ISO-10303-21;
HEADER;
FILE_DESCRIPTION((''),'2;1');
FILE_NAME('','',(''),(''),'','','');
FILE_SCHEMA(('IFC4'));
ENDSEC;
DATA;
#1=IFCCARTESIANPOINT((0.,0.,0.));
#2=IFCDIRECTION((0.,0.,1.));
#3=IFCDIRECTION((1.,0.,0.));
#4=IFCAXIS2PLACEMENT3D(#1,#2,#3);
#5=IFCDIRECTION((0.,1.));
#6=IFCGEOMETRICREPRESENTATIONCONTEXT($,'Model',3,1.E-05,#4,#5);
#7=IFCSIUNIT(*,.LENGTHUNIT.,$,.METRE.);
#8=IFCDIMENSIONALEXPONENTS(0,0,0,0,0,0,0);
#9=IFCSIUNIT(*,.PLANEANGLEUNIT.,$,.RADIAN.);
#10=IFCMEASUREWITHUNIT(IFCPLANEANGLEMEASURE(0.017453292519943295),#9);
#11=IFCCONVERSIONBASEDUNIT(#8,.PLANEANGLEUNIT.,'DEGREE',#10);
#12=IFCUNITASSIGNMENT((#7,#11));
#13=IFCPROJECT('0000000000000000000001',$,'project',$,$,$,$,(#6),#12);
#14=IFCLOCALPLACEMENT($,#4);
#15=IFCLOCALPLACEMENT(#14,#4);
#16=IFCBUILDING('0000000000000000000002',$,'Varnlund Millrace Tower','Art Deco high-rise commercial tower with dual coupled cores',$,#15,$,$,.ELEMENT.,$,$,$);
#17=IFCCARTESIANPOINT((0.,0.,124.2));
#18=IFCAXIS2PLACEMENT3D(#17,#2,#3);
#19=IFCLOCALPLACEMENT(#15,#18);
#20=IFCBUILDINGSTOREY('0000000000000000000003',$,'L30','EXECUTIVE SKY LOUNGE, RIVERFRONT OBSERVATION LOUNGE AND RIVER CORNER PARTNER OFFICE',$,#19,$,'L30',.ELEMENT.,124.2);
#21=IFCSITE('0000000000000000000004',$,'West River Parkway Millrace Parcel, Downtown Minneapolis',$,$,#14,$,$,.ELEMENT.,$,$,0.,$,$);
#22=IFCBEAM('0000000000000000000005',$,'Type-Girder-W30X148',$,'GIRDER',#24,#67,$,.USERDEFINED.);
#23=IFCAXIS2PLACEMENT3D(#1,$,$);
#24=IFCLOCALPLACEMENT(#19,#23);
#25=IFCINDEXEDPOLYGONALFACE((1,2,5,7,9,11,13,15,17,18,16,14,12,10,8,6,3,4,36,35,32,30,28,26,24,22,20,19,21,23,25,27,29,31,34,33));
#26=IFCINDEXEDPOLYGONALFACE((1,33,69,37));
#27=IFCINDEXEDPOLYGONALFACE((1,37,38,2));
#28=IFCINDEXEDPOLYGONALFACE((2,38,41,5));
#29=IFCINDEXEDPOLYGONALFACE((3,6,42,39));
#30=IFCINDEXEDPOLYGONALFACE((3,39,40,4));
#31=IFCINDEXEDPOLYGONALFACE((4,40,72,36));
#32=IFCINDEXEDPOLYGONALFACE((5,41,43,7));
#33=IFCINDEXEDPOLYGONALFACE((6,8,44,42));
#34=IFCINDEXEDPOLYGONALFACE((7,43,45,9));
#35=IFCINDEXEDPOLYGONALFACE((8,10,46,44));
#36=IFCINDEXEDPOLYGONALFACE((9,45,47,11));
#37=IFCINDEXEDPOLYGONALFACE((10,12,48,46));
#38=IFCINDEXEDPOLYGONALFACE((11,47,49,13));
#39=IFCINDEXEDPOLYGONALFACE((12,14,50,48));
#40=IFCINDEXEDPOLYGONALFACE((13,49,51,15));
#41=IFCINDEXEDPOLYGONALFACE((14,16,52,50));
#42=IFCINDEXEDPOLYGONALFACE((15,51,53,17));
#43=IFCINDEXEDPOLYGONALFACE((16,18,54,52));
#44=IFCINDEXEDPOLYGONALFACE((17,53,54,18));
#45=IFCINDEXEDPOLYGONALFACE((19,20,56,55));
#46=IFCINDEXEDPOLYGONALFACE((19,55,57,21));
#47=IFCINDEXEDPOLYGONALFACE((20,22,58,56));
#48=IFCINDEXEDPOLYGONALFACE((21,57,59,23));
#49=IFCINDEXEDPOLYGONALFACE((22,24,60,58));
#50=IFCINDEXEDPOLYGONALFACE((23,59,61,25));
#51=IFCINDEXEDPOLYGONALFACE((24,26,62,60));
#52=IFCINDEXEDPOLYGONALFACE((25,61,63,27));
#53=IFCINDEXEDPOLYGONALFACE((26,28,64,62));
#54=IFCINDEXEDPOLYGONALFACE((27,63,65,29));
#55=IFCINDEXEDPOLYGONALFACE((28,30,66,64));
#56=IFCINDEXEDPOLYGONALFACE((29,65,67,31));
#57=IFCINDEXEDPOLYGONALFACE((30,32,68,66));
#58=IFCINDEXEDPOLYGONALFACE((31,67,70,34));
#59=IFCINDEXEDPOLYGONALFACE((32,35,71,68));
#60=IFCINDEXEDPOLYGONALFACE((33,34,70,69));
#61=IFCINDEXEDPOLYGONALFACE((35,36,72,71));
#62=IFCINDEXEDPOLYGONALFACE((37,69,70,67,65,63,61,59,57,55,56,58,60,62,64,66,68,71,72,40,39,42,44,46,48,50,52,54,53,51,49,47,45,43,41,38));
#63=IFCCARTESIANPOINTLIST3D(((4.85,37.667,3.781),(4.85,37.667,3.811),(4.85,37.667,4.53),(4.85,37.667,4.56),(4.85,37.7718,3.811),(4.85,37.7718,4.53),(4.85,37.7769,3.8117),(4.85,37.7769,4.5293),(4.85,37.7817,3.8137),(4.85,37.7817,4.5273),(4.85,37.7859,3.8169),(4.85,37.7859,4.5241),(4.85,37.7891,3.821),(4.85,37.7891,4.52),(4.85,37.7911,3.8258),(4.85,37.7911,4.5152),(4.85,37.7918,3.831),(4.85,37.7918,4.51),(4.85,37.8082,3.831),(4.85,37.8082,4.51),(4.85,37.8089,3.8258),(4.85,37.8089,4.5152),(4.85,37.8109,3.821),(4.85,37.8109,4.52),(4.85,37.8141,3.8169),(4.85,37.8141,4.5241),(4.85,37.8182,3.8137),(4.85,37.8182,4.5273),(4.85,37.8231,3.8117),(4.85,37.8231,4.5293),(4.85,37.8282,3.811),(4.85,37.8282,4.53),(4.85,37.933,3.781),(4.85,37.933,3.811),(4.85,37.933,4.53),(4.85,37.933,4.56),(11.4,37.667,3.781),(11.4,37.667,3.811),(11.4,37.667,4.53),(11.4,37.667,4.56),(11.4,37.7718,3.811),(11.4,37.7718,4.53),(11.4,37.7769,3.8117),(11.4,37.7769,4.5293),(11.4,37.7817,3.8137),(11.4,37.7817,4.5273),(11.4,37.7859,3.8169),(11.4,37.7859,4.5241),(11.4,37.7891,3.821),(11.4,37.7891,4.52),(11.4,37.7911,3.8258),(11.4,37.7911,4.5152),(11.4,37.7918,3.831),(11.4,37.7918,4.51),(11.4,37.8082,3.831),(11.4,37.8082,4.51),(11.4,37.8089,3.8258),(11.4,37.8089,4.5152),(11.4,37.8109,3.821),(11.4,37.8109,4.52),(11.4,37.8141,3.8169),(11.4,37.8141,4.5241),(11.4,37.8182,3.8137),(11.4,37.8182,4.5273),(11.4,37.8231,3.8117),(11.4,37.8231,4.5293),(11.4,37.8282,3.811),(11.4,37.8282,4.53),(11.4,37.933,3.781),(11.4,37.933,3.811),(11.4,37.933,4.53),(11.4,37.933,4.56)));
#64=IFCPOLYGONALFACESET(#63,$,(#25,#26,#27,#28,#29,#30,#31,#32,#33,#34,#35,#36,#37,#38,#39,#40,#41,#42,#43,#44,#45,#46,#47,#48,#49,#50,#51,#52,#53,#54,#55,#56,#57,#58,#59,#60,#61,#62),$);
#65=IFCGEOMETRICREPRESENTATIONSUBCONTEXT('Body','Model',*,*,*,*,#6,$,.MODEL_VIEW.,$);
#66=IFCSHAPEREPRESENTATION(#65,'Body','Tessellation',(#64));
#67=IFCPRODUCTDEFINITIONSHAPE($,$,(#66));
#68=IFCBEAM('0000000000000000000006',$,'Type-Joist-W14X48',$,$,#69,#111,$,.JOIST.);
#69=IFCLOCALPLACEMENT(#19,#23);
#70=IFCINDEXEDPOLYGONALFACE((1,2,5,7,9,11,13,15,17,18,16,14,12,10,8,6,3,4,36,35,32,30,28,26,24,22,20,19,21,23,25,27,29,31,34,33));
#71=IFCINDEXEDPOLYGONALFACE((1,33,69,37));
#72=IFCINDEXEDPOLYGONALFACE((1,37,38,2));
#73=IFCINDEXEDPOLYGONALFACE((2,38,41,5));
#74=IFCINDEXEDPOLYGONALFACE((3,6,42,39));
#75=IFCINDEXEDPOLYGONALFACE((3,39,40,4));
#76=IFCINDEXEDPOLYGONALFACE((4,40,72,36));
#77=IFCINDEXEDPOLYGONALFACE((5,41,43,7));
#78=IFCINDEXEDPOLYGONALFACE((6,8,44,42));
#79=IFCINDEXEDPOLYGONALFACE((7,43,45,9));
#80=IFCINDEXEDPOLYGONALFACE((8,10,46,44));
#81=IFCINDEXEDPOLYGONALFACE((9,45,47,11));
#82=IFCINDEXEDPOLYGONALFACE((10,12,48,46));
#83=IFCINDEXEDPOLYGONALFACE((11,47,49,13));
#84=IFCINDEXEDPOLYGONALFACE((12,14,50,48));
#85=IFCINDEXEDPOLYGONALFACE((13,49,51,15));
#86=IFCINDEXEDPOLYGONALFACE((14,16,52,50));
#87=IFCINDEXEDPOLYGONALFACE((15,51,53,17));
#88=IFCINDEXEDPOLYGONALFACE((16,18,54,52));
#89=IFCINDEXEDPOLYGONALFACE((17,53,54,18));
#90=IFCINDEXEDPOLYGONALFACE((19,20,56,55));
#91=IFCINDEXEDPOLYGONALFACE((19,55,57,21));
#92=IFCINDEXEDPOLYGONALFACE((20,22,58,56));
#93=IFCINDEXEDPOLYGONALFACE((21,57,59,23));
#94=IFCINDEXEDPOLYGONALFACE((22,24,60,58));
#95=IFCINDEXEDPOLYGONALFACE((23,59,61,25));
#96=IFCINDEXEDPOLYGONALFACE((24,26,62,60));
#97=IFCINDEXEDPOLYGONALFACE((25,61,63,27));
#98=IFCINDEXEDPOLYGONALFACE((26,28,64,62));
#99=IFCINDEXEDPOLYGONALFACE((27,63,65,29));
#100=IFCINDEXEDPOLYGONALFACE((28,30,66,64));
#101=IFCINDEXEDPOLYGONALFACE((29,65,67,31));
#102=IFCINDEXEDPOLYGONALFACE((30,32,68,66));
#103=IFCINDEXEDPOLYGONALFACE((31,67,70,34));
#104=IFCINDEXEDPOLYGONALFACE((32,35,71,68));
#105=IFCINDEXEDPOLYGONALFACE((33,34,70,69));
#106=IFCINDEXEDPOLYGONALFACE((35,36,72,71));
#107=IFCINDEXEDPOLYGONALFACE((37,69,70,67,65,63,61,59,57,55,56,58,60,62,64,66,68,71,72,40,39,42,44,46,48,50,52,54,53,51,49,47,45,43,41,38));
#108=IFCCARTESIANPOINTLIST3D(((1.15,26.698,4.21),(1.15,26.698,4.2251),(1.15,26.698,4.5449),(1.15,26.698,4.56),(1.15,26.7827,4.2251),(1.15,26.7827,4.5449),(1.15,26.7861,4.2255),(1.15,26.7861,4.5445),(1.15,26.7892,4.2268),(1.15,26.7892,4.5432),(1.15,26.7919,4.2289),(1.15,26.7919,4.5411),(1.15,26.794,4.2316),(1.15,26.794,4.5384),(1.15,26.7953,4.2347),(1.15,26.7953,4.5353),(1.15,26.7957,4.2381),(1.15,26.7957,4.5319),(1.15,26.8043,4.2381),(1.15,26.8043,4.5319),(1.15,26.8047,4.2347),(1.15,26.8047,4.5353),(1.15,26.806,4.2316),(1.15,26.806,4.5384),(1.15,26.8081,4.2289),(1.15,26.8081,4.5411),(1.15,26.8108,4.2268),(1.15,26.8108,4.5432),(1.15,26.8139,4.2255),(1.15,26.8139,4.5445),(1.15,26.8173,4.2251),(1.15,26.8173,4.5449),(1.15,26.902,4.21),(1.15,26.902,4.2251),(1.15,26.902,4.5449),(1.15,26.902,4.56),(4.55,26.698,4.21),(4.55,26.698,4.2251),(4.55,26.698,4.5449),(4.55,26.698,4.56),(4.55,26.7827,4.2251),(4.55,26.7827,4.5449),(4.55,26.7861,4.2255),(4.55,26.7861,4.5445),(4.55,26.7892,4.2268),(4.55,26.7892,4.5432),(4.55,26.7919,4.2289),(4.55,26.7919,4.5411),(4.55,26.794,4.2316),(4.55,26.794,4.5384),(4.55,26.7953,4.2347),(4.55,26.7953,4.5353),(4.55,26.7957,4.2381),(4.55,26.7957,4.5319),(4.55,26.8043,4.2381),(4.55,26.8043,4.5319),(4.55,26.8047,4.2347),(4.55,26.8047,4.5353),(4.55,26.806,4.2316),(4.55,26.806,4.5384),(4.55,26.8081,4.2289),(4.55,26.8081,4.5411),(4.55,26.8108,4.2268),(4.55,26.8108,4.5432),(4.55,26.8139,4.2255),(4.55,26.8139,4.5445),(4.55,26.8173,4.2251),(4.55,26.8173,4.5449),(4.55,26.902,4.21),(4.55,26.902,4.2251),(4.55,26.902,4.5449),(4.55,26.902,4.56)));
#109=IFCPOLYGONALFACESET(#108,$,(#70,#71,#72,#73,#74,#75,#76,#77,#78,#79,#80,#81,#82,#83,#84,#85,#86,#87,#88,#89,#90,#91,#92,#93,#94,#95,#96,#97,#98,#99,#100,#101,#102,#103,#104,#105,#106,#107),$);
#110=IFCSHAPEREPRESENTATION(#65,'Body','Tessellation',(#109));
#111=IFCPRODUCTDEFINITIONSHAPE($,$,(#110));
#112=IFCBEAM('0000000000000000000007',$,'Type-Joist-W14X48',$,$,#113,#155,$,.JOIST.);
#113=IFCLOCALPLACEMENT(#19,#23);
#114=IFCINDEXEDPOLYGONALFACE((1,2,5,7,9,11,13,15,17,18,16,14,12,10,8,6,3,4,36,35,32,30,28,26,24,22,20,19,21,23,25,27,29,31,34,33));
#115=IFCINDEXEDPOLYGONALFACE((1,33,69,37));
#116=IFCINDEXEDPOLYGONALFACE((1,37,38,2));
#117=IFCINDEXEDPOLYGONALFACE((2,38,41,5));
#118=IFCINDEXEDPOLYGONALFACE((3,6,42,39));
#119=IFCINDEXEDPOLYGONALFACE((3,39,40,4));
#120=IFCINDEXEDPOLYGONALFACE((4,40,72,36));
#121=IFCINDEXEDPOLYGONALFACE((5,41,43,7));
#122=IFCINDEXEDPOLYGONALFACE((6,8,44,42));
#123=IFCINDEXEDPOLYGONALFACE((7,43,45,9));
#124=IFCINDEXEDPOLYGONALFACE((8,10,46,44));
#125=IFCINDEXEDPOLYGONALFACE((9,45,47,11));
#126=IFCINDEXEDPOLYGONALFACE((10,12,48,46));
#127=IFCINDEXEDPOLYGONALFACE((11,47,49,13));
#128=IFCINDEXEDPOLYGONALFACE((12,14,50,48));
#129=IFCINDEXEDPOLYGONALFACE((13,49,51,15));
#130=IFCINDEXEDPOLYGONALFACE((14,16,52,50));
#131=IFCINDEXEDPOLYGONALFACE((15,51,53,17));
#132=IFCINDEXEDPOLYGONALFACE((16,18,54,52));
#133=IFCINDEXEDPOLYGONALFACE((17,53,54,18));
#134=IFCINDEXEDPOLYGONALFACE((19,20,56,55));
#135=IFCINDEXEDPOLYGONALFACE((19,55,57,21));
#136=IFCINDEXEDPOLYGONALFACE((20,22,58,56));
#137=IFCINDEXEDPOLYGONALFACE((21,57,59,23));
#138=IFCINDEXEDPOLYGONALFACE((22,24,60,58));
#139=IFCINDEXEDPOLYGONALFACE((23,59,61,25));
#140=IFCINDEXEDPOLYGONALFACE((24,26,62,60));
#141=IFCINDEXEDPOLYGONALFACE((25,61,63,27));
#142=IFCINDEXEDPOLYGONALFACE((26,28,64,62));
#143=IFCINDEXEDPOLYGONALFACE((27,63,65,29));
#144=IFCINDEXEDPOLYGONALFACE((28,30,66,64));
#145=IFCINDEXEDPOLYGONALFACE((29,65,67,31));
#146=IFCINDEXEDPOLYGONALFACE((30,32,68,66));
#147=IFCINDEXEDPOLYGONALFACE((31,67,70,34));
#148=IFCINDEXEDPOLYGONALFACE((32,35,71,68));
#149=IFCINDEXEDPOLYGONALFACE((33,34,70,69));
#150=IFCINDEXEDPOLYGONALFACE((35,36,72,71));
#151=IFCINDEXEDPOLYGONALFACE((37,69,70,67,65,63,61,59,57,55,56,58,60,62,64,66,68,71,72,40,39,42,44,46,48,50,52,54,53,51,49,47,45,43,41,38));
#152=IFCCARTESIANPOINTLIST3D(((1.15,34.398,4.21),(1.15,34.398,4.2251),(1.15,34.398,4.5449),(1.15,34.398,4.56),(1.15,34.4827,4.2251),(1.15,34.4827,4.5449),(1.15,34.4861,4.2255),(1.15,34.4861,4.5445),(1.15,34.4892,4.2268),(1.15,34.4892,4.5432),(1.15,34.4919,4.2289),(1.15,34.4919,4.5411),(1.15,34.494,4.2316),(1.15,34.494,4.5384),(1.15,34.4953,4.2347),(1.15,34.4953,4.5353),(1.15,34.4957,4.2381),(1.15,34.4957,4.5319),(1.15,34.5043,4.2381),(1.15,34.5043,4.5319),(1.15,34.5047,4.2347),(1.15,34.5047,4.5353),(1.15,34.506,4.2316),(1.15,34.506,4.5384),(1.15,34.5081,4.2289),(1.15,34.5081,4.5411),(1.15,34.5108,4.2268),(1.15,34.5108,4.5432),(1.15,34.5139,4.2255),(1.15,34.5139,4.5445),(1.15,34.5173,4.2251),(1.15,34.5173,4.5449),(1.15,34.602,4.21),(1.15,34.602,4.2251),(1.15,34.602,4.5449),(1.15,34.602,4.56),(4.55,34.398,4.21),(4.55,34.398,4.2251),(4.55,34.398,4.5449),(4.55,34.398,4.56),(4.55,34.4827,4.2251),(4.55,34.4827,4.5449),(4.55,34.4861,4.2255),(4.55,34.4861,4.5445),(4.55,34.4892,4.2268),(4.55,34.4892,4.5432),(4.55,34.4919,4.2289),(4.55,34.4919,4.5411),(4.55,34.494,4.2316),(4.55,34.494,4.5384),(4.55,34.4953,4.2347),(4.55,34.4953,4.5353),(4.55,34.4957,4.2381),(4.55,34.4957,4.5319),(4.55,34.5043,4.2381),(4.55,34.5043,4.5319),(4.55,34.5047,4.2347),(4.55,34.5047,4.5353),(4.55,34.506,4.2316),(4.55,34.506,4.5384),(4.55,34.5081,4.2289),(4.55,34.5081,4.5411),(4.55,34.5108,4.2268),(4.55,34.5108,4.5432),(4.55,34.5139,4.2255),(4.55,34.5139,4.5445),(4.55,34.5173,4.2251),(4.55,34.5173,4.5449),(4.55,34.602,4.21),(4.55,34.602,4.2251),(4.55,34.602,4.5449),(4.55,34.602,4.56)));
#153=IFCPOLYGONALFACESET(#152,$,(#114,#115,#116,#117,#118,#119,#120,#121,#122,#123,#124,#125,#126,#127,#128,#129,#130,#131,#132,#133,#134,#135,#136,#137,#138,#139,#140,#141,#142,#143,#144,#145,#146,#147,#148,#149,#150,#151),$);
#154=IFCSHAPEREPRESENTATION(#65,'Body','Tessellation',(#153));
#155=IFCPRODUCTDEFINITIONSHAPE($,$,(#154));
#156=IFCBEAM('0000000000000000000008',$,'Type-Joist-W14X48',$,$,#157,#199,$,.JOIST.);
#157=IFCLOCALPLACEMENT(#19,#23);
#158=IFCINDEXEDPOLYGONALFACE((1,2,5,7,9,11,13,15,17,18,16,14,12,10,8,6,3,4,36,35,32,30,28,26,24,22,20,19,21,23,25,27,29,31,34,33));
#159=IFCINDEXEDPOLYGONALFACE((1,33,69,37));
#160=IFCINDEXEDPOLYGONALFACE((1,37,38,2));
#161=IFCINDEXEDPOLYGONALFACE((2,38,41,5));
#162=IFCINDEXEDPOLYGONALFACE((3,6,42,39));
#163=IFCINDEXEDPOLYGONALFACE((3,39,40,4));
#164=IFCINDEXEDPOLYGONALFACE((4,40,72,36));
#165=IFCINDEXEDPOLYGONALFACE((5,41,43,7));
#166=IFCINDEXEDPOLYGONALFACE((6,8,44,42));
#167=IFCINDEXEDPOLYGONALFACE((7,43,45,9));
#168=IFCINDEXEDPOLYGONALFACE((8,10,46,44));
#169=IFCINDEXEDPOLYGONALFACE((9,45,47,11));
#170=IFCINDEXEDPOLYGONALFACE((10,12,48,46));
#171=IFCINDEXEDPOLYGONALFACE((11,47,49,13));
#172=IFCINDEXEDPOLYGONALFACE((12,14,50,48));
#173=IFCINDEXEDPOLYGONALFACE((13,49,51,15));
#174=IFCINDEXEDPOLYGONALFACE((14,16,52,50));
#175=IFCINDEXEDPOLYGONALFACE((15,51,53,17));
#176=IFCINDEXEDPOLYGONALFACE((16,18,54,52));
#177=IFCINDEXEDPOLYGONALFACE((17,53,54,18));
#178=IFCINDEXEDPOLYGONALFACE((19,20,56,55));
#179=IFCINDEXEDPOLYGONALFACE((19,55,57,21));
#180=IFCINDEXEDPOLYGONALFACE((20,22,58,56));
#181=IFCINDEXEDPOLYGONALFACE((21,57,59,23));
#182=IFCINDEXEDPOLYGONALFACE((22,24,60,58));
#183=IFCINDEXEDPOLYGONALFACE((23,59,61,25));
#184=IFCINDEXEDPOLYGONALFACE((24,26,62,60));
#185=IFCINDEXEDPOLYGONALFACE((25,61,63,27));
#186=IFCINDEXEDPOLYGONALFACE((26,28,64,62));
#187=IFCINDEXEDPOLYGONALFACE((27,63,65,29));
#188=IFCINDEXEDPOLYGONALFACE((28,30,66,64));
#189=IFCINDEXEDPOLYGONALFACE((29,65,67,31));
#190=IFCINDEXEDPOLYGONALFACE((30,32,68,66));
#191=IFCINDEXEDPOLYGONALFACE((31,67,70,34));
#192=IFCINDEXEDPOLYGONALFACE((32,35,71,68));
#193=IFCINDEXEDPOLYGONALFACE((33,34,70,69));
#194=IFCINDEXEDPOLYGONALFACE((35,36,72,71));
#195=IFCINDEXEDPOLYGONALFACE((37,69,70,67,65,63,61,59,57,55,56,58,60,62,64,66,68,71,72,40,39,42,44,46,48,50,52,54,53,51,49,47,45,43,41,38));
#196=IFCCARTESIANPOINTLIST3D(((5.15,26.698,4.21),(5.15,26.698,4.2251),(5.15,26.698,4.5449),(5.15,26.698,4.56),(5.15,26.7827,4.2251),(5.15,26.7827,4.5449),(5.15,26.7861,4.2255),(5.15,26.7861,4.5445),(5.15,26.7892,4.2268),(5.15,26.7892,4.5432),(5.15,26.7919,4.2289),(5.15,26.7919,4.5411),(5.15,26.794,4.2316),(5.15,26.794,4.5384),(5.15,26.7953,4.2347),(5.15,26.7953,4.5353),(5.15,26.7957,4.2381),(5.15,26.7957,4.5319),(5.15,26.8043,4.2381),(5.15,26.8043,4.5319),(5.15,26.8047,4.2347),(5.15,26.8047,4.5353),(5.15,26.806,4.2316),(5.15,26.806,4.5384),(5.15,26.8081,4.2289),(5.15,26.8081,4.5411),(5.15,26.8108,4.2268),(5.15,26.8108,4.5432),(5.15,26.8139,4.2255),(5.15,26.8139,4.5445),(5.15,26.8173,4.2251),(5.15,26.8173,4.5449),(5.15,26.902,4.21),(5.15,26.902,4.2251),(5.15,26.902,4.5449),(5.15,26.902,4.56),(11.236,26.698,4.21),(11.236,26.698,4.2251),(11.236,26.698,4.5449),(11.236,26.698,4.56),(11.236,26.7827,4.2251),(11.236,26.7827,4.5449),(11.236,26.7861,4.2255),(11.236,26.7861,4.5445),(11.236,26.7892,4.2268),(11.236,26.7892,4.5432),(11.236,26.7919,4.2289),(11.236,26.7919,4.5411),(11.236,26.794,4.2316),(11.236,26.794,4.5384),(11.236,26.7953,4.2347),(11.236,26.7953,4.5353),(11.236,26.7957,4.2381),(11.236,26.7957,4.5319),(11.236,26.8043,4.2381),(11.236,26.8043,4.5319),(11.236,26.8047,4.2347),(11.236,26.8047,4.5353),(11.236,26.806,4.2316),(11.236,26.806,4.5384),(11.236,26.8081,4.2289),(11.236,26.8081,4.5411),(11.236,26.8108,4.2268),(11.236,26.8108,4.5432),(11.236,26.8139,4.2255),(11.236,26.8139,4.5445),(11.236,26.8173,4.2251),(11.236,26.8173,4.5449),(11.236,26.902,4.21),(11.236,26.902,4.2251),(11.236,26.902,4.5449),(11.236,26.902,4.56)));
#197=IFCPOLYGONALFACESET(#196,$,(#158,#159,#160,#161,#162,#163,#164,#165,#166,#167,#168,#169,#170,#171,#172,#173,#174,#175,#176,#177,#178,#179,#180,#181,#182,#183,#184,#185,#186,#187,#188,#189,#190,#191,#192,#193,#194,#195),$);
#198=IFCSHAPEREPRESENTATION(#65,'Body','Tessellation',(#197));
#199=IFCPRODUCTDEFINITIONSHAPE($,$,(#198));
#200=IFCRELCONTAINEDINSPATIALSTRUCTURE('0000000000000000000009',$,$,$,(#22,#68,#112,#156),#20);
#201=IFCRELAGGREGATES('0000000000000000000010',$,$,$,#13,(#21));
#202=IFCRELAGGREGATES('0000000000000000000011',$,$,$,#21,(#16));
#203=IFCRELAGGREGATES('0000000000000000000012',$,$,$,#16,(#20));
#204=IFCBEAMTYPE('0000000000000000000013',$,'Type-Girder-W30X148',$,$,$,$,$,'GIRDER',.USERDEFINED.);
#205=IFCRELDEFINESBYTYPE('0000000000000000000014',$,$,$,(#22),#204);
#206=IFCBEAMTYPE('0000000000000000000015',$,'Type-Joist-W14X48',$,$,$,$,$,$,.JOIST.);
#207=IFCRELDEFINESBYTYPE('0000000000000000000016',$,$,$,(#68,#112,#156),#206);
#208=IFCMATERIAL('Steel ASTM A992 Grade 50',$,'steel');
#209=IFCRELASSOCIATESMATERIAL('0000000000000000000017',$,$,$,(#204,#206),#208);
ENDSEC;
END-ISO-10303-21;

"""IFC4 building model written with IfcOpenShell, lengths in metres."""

from ifc_helpers import new_model, entity, si_unit, converted_unit, direction, frame, origin_with_axes, origin_2d_with_axis, place, context, subcontext, project, spatial, i_section, extrude, material, material_profile, profile_set, type_object, element, save


model = new_model("IFC4")

# Units and contexts
model_context = context("Model", 3, precision=1e-05, world=origin_with_axes(), true_north=direction((0.0, 1.0)))
body_context = subcontext(model_context, "Body", "Model", "MODEL_VIEW")
ifc_project = project(units=[si_unit("LENGTHUNIT", "METRE"), converted_unit("PLANEANGLEUNIT", "DEGREE", entity("IfcPlaneAngleMeasure", 0.017453292519943295), si_unit("PLANEANGLEUNIT", "RADIAN"), dimensions=[0, 0, 0, 0, 0, 0, 0])], contexts=[model_context])

# Site, building, storey
site_placement = place(None, origin_with_axes())
site = spatial("IfcSite", under=ifc_project, at=site_placement, Name="West River Parkway Millrace Parcel, Downtown Minneapolis", CompositionType="ELEMENT", RefElevation=0.0)
building_placement = place(site_placement, origin_with_axes())
building = spatial("IfcBuilding", under=site, at=building_placement, Name="Varnlund Millrace Tower", Description="Art Deco high-rise commercial tower with dual coupled cores", CompositionType="ELEMENT")
storey_placement = place(building_placement, frame((0.0, 0.0, 124.2), z_axis=(0.0, 0.0, 1.0), x_axis=(1.0, 0.0, 0.0)))
storey = spatial("IfcBuildingStorey", under=building, at=storey_placement, Name="L30", Description="EXECUTIVE SKY LOUNGE, RIVERFRONT OBSERVATION LOUNGE AND RIVER CORNER PARTNER OFFICE", LongName="L30", CompositionType="ELEMENT", Elevation=124.2)

# Beams
ifc_material_1 = material(Name="Steel ASTM A992 Grade 50", Category="steel")
ifc_material_profile_1 = material_profile(ifc_material_1, i_section(OverallWidth=0.266, OverallDepth=0.779, WebThickness=0.0165, FlangeThickness=0.03, FilletRadius=0.02, at=origin_2d_with_axis()), Name="Steel ASTM A992 Grade 50")
ifc_profile_set_1 = profile_set([ifc_material_profile_1], Name="Steel ASTM A992 Grade 50")
beam_type_1 = type_object("IfcBeamType", Name="Type-Girder-W30X148", ElementType="GIRDER", PredefinedType="USERDEFINED", material=ifc_profile_set_1)
beam_1_placement = place(storey_placement, frame((4.85, 37.8, 4.1705), z_axis=(1.0, 0.0, 0.0), x_axis=(0.0, 1.0, 0.0)))
element("IfcBeam", 1, at=beam_1_placement, inside=storey, type_object=beam_type_1, Name="Type-Girder-W30X148", ObjectType="GIRDER", PredefinedType="USERDEFINED", context=body_context, shape_type="SweptSolid", body=[
    extrude(i_section(OverallWidth=0.266, OverallDepth=0.779, WebThickness=0.0165, FlangeThickness=0.03, FilletRadius=0.02, at=origin_2d_with_axis()), origin_with_axes(), (0.0, 0.0, 1.0), 6.55),
])
ifc_material_profile_2 = material_profile(ifc_material_1, i_section(OverallWidth=0.204, OverallDepth=0.35, WebThickness=0.0086, FlangeThickness=0.0151, FilletRadius=0.013, at=origin_2d_with_axis()), Name="Steel ASTM A992 Grade 50")
ifc_profile_set_2 = profile_set([ifc_material_profile_2], Name="Steel ASTM A992 Grade 50")
beam_type_2 = type_object("IfcBeamType", Name="Type-Joist-W14X48", PredefinedType="JOIST", material=ifc_profile_set_2)
for number, where, z_axis, x_axis, name in (
    (2, (1.15, 26.8, 4.385), (1.0, 0.0, 0.0), (0.0, 1.0, 0.0), "Type-Joist-W14X48"),
    (3, (1.15, 34.5, 4.385), (1.0, 0.0, 0.0), (0.0, 1.0, 0.0), "Type-Joist-W14X48"),
):
    element("IfcBeam", number, at=place(storey_placement, frame(where, z_axis=z_axis, x_axis=x_axis)), inside=storey, type_object=beam_type_2, Name=name, PredefinedType="JOIST", context=body_context, shape_type="SweptSolid", body=[
        extrude(i_section(OverallWidth=0.204, OverallDepth=0.35, WebThickness=0.0086, FlangeThickness=0.0151, FilletRadius=0.013, at=origin_2d_with_axis()), origin_with_axes(), (0.0, 0.0, 1.0), 3.4),
    ])
for number, where, z_axis, x_axis, name in (
    (4, (5.15, 26.8, 4.385), (1.0, 0.0, 0.0), (0.0, 1.0, 0.0), "Type-Joist-W14X48"),
):
    element("IfcBeam", number, at=place(storey_placement, frame(where, z_axis=z_axis, x_axis=x_axis)), inside=storey, type_object=beam_type_2, Name=name, PredefinedType="JOIST", context=body_context, shape_type="SweptSolid", body=[
        extrude(i_section(OverallWidth=0.204, OverallDepth=0.35, WebThickness=0.0086, FlangeThickness=0.0151, FilletRadius=0.013, at=origin_2d_with_axis()), origin_with_axes(), (0.0, 0.0, 1.0), 6.086),
    ])

save(model, "model.ifc")
